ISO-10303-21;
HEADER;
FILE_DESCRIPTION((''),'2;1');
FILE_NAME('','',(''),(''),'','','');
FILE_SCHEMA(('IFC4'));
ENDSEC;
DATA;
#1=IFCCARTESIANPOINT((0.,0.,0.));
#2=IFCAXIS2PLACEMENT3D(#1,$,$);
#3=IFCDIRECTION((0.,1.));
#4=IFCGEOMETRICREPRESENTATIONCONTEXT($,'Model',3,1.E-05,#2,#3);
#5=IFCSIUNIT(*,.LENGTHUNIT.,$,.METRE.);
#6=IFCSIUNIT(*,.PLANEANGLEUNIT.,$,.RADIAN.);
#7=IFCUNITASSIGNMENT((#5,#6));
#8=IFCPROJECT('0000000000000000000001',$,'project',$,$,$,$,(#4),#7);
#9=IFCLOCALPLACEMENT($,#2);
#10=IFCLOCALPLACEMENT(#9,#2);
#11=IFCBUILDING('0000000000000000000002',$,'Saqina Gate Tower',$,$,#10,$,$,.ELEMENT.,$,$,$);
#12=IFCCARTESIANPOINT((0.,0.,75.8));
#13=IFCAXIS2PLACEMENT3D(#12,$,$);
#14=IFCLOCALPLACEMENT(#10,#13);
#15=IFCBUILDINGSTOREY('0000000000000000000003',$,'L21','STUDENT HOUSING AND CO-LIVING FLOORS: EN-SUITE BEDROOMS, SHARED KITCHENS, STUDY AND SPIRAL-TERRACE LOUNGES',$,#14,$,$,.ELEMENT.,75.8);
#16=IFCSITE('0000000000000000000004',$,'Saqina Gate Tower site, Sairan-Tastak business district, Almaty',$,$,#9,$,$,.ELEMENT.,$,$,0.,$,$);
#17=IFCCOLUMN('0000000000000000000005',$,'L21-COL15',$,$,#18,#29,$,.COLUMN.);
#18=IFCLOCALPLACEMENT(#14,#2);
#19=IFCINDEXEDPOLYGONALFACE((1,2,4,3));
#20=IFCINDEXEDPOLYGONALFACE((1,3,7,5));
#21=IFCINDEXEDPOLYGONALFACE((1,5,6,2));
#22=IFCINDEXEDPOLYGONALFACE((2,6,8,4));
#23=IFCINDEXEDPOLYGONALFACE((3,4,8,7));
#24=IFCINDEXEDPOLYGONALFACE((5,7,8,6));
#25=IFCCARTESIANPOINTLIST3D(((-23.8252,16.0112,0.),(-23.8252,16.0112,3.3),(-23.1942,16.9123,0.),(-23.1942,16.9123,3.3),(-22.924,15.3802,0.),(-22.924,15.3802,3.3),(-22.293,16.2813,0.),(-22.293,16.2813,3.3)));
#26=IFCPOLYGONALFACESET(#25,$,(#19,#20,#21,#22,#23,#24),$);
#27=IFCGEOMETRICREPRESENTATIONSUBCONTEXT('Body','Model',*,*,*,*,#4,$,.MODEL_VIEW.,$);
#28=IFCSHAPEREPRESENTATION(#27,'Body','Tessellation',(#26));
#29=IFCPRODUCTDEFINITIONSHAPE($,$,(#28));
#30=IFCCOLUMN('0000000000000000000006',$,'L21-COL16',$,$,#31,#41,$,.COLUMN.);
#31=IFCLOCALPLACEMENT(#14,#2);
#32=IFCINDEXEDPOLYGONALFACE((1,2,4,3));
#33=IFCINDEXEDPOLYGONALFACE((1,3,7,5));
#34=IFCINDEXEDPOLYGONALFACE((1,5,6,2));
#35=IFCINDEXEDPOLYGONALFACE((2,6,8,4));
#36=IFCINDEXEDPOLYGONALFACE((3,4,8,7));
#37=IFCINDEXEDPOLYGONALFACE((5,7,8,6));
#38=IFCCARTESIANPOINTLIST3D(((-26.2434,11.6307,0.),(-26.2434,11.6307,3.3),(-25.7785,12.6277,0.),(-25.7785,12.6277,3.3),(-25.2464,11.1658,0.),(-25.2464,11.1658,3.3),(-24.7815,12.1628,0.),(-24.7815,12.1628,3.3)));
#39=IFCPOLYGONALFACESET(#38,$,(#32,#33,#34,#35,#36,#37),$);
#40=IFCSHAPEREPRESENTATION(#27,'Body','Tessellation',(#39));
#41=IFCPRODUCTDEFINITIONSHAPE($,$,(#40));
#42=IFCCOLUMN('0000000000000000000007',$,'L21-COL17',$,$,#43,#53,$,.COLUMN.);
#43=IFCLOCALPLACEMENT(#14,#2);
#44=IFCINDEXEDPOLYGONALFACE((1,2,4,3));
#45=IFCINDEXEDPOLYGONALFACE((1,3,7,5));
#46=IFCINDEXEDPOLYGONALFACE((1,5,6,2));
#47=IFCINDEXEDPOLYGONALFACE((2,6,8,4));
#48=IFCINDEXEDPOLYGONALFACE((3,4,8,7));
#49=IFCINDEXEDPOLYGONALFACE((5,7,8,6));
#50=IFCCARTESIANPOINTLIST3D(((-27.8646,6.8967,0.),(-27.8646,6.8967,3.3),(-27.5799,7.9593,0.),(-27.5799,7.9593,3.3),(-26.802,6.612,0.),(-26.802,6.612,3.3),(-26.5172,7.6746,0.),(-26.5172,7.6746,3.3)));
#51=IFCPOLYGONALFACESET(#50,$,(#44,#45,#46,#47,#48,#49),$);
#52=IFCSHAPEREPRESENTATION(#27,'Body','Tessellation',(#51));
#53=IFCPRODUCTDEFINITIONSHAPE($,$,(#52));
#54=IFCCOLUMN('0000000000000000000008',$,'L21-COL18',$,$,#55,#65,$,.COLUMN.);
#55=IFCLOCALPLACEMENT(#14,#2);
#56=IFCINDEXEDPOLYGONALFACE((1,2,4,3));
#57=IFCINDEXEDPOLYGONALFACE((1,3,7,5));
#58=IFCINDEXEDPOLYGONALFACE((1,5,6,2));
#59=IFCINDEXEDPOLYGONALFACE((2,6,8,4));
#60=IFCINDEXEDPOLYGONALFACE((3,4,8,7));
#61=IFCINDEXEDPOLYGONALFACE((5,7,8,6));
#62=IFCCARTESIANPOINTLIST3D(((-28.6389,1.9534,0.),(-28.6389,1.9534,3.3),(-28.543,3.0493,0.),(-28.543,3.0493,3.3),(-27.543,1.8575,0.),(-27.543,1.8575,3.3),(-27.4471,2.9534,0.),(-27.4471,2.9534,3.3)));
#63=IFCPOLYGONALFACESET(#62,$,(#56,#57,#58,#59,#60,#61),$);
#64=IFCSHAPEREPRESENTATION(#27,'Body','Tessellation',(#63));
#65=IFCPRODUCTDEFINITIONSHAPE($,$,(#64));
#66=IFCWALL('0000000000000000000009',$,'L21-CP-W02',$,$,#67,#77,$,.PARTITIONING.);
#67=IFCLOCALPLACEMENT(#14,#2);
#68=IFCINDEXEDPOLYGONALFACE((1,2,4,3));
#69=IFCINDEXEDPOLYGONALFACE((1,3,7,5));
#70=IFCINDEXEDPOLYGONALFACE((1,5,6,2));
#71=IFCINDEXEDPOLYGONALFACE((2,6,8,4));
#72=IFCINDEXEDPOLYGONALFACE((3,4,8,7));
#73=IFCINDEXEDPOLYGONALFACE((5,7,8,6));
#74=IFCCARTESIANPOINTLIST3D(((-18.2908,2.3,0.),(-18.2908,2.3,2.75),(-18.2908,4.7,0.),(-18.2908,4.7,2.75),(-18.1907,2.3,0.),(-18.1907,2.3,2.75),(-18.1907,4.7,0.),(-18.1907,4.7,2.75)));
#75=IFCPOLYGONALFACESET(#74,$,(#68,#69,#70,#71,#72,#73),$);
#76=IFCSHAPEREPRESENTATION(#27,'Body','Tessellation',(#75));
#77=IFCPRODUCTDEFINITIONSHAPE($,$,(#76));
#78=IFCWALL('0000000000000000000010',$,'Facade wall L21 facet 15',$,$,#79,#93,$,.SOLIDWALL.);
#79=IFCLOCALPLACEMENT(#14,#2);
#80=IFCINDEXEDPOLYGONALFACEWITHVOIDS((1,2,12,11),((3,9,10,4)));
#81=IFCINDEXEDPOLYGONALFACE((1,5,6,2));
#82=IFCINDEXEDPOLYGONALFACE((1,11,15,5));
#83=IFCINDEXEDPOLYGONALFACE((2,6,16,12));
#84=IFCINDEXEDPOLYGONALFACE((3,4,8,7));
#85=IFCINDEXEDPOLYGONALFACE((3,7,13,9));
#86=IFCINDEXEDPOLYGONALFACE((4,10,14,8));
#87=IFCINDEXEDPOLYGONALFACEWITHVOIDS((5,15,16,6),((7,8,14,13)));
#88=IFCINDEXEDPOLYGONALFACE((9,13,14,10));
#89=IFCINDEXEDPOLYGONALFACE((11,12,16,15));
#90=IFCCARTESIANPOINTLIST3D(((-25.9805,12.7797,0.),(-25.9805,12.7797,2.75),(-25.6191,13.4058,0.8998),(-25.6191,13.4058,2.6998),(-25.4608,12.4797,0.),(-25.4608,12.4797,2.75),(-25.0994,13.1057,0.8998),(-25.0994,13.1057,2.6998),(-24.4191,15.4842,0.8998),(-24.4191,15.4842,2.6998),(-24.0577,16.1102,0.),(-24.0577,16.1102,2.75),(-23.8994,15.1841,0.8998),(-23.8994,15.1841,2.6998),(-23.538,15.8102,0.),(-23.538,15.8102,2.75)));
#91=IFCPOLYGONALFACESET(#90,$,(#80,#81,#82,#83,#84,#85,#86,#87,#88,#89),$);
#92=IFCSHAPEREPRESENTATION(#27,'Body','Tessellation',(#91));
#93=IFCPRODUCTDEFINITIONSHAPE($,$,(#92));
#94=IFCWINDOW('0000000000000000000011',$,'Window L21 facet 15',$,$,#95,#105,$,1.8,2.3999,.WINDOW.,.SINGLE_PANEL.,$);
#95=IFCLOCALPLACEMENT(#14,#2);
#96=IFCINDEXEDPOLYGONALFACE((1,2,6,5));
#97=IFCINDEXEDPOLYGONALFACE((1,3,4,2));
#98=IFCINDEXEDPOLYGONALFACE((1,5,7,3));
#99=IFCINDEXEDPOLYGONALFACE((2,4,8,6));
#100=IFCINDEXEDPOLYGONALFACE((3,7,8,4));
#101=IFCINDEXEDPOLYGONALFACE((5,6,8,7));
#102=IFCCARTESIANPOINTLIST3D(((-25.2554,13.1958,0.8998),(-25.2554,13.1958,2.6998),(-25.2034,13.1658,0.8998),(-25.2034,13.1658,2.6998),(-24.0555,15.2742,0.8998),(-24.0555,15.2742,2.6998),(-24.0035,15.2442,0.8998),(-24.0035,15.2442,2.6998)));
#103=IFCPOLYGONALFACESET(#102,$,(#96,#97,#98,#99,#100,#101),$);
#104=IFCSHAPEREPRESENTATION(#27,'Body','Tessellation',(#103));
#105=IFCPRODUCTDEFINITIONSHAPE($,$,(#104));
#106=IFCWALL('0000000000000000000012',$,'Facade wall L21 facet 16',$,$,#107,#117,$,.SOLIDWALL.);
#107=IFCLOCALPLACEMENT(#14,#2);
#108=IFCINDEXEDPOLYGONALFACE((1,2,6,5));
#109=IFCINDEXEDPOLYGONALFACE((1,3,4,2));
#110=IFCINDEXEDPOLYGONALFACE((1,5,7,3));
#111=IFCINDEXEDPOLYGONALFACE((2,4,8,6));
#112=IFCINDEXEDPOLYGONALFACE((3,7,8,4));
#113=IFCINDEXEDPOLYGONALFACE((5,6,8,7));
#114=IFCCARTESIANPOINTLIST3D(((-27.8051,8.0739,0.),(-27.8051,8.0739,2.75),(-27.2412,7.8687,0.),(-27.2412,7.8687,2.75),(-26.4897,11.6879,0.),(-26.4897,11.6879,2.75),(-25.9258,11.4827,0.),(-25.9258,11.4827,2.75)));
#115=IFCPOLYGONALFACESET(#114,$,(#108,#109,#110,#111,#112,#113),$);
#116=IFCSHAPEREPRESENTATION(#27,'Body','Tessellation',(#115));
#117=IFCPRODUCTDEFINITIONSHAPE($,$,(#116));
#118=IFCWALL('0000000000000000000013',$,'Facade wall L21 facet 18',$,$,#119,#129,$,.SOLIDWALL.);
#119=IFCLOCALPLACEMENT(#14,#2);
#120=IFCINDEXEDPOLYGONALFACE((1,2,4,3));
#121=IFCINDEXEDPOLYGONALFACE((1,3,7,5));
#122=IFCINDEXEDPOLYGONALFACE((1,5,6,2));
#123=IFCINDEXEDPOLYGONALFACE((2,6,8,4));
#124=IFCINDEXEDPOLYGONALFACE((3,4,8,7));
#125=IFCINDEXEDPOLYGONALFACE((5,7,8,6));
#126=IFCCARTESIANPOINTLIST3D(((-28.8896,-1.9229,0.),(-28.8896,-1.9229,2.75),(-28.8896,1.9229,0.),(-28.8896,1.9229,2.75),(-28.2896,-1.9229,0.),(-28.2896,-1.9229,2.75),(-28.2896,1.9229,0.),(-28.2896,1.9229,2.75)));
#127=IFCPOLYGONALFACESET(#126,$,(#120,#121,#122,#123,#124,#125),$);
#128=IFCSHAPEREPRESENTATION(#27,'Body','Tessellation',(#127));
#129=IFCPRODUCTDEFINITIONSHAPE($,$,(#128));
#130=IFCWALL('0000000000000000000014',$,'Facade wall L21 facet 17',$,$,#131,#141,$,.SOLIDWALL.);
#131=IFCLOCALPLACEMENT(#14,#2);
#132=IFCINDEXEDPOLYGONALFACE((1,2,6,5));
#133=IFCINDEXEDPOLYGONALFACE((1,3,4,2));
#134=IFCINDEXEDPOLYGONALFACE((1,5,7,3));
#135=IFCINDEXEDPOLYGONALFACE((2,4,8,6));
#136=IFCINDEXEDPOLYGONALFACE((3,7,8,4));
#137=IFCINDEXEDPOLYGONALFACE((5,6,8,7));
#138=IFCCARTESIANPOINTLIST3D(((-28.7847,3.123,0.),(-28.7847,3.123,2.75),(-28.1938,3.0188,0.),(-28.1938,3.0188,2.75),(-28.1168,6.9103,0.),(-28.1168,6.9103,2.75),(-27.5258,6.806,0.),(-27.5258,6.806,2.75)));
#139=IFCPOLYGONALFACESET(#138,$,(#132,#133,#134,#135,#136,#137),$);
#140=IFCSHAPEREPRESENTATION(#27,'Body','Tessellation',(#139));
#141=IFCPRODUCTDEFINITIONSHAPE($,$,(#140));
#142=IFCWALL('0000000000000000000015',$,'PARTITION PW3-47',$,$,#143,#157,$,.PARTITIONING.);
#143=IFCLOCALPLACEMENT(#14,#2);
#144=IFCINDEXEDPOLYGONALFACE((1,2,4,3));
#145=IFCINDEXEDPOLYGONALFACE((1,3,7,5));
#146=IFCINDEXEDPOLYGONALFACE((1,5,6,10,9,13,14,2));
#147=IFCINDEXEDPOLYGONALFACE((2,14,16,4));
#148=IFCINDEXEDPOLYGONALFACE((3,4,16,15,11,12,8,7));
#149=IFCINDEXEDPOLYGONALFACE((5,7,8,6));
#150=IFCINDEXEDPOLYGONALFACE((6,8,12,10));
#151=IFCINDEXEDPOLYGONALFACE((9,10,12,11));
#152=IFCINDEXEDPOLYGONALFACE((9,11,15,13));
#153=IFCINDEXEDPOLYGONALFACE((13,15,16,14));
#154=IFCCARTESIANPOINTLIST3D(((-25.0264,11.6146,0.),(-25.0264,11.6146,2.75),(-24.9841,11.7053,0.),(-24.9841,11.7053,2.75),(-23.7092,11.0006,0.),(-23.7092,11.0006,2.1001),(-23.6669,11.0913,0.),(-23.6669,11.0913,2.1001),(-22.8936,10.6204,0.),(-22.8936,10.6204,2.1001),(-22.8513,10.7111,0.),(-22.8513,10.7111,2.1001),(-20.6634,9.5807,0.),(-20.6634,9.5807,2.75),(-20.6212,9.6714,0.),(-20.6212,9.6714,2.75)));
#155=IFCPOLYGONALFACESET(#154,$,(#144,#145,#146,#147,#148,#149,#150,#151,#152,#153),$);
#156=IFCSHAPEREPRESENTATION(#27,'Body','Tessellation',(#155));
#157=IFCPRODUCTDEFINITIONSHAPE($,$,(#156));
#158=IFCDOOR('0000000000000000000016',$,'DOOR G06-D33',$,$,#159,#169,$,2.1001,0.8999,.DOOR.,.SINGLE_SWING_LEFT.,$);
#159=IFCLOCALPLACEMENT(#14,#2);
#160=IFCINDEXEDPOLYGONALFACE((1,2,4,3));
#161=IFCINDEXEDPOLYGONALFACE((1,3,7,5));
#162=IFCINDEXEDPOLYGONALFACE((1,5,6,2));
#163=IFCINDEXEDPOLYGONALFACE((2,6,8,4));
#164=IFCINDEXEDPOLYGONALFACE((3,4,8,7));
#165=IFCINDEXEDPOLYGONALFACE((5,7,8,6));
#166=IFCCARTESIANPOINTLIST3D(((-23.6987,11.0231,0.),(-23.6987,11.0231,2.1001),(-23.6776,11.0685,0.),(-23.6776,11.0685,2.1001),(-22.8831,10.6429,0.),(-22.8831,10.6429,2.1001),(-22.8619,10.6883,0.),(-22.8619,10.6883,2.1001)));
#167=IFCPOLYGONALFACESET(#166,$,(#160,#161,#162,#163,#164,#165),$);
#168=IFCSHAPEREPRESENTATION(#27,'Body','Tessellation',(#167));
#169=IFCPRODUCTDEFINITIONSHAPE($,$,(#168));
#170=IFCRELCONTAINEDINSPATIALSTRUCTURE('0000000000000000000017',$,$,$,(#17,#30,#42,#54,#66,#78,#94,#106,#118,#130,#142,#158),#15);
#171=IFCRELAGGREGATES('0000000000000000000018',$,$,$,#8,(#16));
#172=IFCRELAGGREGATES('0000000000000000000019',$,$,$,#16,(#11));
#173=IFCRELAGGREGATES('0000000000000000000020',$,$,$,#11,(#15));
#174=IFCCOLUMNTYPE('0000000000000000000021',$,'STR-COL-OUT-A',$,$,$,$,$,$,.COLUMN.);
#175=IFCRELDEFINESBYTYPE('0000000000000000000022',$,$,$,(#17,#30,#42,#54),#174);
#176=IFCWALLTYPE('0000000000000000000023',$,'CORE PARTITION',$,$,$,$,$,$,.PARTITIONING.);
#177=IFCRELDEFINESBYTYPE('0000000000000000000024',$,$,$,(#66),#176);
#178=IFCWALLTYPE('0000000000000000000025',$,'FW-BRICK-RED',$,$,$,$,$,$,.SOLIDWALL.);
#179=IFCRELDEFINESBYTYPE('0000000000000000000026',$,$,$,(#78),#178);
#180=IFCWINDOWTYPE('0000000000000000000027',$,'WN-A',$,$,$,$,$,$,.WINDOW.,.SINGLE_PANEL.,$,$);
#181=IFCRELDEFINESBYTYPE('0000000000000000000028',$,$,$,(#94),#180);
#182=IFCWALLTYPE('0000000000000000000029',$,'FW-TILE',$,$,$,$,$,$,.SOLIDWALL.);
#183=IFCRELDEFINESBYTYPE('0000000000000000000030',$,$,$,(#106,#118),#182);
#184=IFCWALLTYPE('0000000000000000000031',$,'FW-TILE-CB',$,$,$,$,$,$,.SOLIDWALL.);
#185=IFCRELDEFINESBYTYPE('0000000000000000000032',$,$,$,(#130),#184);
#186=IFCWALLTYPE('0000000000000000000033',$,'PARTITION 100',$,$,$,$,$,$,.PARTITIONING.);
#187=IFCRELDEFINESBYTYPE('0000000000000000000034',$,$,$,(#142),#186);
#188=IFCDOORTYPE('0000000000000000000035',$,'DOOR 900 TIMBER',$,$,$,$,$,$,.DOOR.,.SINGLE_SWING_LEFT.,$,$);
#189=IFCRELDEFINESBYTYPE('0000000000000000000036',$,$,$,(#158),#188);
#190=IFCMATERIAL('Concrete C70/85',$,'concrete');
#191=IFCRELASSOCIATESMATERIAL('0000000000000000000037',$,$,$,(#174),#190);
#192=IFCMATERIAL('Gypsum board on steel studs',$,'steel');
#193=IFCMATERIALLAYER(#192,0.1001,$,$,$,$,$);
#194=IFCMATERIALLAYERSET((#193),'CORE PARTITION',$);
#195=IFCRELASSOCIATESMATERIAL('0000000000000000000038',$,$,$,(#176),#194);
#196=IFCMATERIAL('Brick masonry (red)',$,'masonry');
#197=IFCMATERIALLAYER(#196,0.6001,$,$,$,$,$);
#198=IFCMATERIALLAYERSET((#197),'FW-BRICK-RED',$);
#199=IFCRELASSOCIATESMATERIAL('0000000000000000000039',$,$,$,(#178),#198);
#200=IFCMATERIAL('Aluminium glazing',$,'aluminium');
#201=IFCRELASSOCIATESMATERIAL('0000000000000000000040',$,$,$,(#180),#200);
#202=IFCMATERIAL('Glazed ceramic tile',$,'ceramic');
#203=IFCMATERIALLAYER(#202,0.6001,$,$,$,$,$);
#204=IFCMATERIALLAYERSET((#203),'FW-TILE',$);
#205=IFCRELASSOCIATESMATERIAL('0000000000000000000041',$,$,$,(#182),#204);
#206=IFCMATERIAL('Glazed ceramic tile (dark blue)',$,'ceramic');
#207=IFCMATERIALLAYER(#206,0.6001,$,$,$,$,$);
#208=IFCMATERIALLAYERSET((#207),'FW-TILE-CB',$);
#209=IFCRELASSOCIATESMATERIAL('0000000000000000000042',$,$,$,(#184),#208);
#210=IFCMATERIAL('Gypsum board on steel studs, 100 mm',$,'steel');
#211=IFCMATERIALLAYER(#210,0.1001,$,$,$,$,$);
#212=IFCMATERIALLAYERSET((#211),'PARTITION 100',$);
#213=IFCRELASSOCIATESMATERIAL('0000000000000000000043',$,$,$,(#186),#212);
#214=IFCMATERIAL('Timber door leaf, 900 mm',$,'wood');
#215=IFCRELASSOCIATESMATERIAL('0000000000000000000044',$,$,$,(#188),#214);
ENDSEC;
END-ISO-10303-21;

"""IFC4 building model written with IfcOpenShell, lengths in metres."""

from ifc_helpers import new_model, si_unit, direction, frame, frame_2d, origin, origin_2d, place, context, subcontext, project, spatial, rectangle, extrude, material, layer, layer_set, material_profile, profile_set, type_object, element, fill, save


model = new_model("IFC4")

# Units and contexts
model_context = context("Model", 3, precision=1e-05, world=origin(), true_north=direction((0.0, 1.0)))
body_context = subcontext(model_context, "Body", "Model", "MODEL_VIEW")
ifc_project = project(units=[si_unit("LENGTHUNIT", "METRE"), si_unit("PLANEANGLEUNIT", "RADIAN")], contexts=[model_context])

# Site, building, storey
site_placement = place(None, origin())
site = spatial("IfcSite", under=ifc_project, at=site_placement, Name="Saqina Gate Tower site, Sairan-Tastak business district, Almaty", CompositionType="ELEMENT", RefElevation=0.0)
building_placement = place(site_placement, origin())
building = spatial("IfcBuilding", under=site, at=building_placement, Name="Saqina Gate Tower", CompositionType="ELEMENT")
storey_placement = place(building_placement, frame((0.0, 0.0, 75.8)))
storey = spatial("IfcBuildingStorey", under=building, at=storey_placement, Name="L21", Description="STUDENT HOUSING AND CO-LIVING FLOORS: EN-SUITE BEDROOMS, SHARED KITCHENS, STUDY AND SPIRAL-TERRACE LOUNGES", CompositionType="ELEMENT", Elevation=75.8)

# Columns
ifc_material_1 = material(Name="Concrete C70/85", Category="concrete")
ifc_material_profile = material_profile(ifc_material_1, rectangle(XDim=1.1001, YDim=1.1001, at=origin_2d()), Name="RC 1100x1100")
ifc_profile_set = profile_set([ifc_material_profile], Name="Concrete C70/85")
column_type = type_object("IfcColumnType", Name="STR-COL-OUT-A", PredefinedType="COLUMN", material=ifc_profile_set)
for number, where, z_axis, x_axis, name in (
    (1, (-23.0591, 16.1462, 0.0), (0.0, 0.0, 1.0), (-0.819152, 0.573576, 0.0), "L21-COL15"),
    (2, (-25.5125, 11.8967, 0.0), (0.0, 0.0, 1.0), (-0.906308, 0.422618, 0.0), "L21-COL16"),
    (3, (-27.1909, 7.2856, 0.0), (0.0, 0.0, 1.0), (-0.965926, 0.258819, 0.0), "L21-COL17"),
    (4, (-28.043, 2.4534, 0.0), (0.0, 0.0, 1.0), (-0.996195, 0.087156, 0.0), "L21-COL18"),
):
    element("IfcColumn", number, at=place(storey_placement, frame(where, z_axis=z_axis, x_axis=x_axis)), inside=storey, type_object=column_type, Name=name, PredefinedType="COLUMN", context=body_context, shape_type="SweptSolid", body=[
        extrude(rectangle(XDim=1.1001, YDim=1.1001, at=origin_2d()), origin(), (0.0, 0.0, 1.0), 3.3),
    ])

# Wall
ifc_material_2 = material(Name="Gypsum board on steel studs", Category="steel")
ifc_layer_1 = layer(ifc_material_2, 0.1001)
ifc_layer_set_1 = layer_set([ifc_layer_1], Name="CORE PARTITION")
wall_type_1 = type_object("IfcWallType", Name="CORE PARTITION", PredefinedType="PARTITIONING", material=ifc_layer_set_1)
wall_1_placement = place(storey_placement, frame((-18.2407, 2.3, 0.0), z_axis=(0.0, 0.0, 1.0), x_axis=(0.0, 1.0, 0.0)))
element("IfcWall", 5, at=wall_1_placement, inside=storey, type_object=wall_type_1, Name="L21-CP-W02", PredefinedType="PARTITIONING", context=body_context, shape_type="SweptSolid", body=[
    extrude(rectangle(XDim=2.3999, YDim=0.1001, at=frame_2d((1.2, 0.0))), origin(), (0.0, 0.0, 1.0), 2.75),
])

# Wall, opening, window
ifc_material_3 = material(Name="Brick masonry (red)", Category="masonry")
ifc_layer_2 = layer(ifc_material_3, 0.6001)
ifc_layer_set_2 = layer_set([ifc_layer_2], Name="FW-BRICK-RED")
wall_type_2 = type_object("IfcWallType", Name="FW-BRICK-RED", PredefinedType="SOLIDWALL", material=ifc_layer_set_2)
wall_2_placement = place(storey_placement, frame((-23.7979, 15.9602, 0.0), z_axis=(0.0, 0.0, 1.0), x_axis=(-0.49999, -0.866031, 0.0)))
wall_2 = element("IfcWall", 6, at=wall_2_placement, inside=storey, type_object=wall_type_2, Name="Facade wall L21 facet 15", PredefinedType="SOLIDWALL", context=body_context, shape_type="SweptSolid", body=[
    extrude(rectangle(XDim=3.8457, YDim=0.6001, at=frame_2d((1.9229, 0.0))), origin(), (0.0, 0.0, 1.0), 2.75),
])
opening_1_placement = place(wall_2_placement, frame((0.7229, 0.0, 0.8999)))
opening_1 = element("IfcOpeningElement", 7, at=opening_1_placement, cuts=wall_2, PredefinedType="OPENING", context=body_context, shape_type="SweptSolid", body=[
    extrude(rectangle(XDim=2.3999, YDim=1.8, at=frame_2d((1.2, 0.8999))), frame((0.0, 0.312, 0.0), z_axis=(0.0, -1.0, 0.0), x_axis=(1.0, 0.0, 0.0)), (0.0, 0.0, 1.0), 0.624),
])
ifc_material_4 = material(Name="Aluminium glazing", Category="aluminium")
window_type = type_object("IfcWindowType", Name="WN-A", PartitioningType="SINGLE_PANEL", PredefinedType="WINDOW", material=ifc_material_4)
window_placement = place(opening_1_placement, origin())
window = element("IfcWindow", 8, at=window_placement, inside=storey, type_object=window_type, Name="Window L21 facet 15", OverallHeight=1.8, OverallWidth=2.3999, PartitioningType="SINGLE_PANEL", PredefinedType="WINDOW", context=body_context, shape_type="SweptSolid", body=[
    extrude(rectangle(XDim=2.3999, YDim=1.8, at=frame_2d((1.2, 0.8999))), frame((0.0, 0.1799, 0.0), z_axis=(0.0, -1.0, 0.0), x_axis=(1.0, 0.0, 0.0)), (0.0, 0.0, 1.0), 0.0601),
])
fill(opening_1, window)

# Walls
ifc_material_5 = material(Name="Glazed ceramic tile", Category="ceramic")
ifc_layer_3 = layer(ifc_material_5, 0.6001)
ifc_layer_set_3 = layer_set([ifc_layer_3], Name="FW-TILE")
wall_type_3 = type_object("IfcWallType", Name="FW-TILE", PredefinedType="SOLIDWALL", material=ifc_layer_set_3)
wall_3_placement = place(storey_placement, frame((-26.2078, 11.5852, 0.0), z_axis=(0.0, 0.0, 1.0), x_axis=(-0.342028, -0.93969, 0.0)))
element("IfcWall", 9, at=wall_3_placement, inside=storey, type_object=wall_type_3, Name="Facade wall L21 facet 16", PredefinedType="SOLIDWALL", context=body_context, shape_type="SweptSolid", body=[
    extrude(rectangle(XDim=3.8459, YDim=0.6001, at=frame_2d((1.9229, 0.0))), origin(), (0.0, 0.0, 1.0), 2.75),
])
wall_4_placement = place(storey_placement, frame((-28.5896, 1.9229, 0.0), z_axis=(0.0, 0.0, 1.0), x_axis=(0.0, -1.0, 0.0)))
element("IfcWall", 10, at=wall_4_placement, inside=storey, type_object=wall_type_3, Name="Facade wall L21 facet 18", PredefinedType="SOLIDWALL", context=body_context, shape_type="SweptSolid", body=[
    extrude(rectangle(XDim=3.8457, YDim=0.6001, at=frame_2d((1.9229, 0.0))), origin(), (0.0, 0.0, 1.0), 2.75),
])
ifc_material_6 = material(Name="Glazed ceramic tile (dark blue)", Category="ceramic")
ifc_layer_4 = layer(ifc_material_6, 0.6001)
ifc_layer_set_4 = layer_set([ifc_layer_4], Name="FW-TILE-CB")
wall_type_4 = type_object("IfcWallType", Name="FW-TILE-CB", PredefinedType="SOLIDWALL", material=ifc_layer_set_4)
wall_5_placement = place(storey_placement, frame((-27.8213, 6.8582, 0.0), z_axis=(0.0, 0.0, 1.0), x_axis=(-0.173688, -0.984801, 0.0)))
element("IfcWall", 11, at=wall_5_placement, inside=storey, type_object=wall_type_4, Name="Facade wall L21 facet 17", PredefinedType="SOLIDWALL", context=body_context, shape_type="SweptSolid", body=[
    extrude(rectangle(XDim=3.8457, YDim=0.6001, at=frame_2d((1.9229, 0.0))), origin(), (0.0, 0.0, 1.0), 2.75),
])

# Wall, opening, door
ifc_material_7 = material(Name="Gypsum board on steel studs, 100 mm", Category="steel")
ifc_layer_5 = layer(ifc_material_7, 0.1001)
ifc_layer_set_5 = layer_set([ifc_layer_5], Name="PARTITION 100")
wall_type_5 = type_object("IfcWallType", Name="PARTITION 100", PredefinedType="PARTITIONING", material=ifc_layer_set_5)
wall_6_placement = place(storey_placement, frame((-25.0051, 11.6599, 0.0), z_axis=(0.0, 0.0, 1.0), x_axis=(0.906354, -0.422519, 0.0)))
wall_6 = element("IfcWall", 12, at=wall_6_placement, inside=storey, type_object=wall_type_5, Name="PARTITION PW3-47", PredefinedType="PARTITIONING", context=body_context, shape_type="SweptSolid", body=[
    extrude(rectangle(XDim=4.8137, YDim=0.1001, at=frame_2d((2.4067, 0.0))), origin(), (0.0, 0.0, 1.0), 2.75),
])
opening_2_placement = place(wall_6_placement, frame((1.4531, 0.0, 0.0)))
opening_2 = element("IfcOpeningElement", 13, at=opening_2_placement, cuts=wall_6, PredefinedType="OPENING", context=body_context, shape_type="SweptSolid", body=[
    extrude(rectangle(XDim=0.8999, YDim=2.1001, at=frame_2d((0.45, 1.05))), frame((0.0, 0.062, 0.0), z_axis=(0.0, -1.0, 0.0), x_axis=(1.0, 0.0, 0.0)), (0.0, 0.0, 1.0), 0.124),
])
ifc_material_8 = material(Name="Timber door leaf, 900 mm", Category="wood")
door_type = type_object("IfcDoorType", Name="DOOR 900 TIMBER", OperationType="SINGLE_SWING_LEFT", PredefinedType="DOOR", material=ifc_material_8)
door_placement = place(opening_2_placement, origin())
door = element("IfcDoor", 14, at=door_placement, inside=storey, type_object=door_type, Name="DOOR G06-D33", OperationType="SINGLE_SWING_LEFT", OverallHeight=2.1001, OverallWidth=0.8999, PredefinedType="DOOR", context=body_context, shape_type="SweptSolid", body=[
    extrude(rectangle(XDim=0.8999, YDim=2.1001, at=frame_2d((0.45, 1.05))), frame((0.0, 0.0249, 0.0), z_axis=(0.0, -1.0, 0.0), x_axis=(1.0, 0.0, 0.0)), (0.0, 0.0, 1.0), 0.05),
])
fill(opening_2, door)

save(model, "model.ifc")
